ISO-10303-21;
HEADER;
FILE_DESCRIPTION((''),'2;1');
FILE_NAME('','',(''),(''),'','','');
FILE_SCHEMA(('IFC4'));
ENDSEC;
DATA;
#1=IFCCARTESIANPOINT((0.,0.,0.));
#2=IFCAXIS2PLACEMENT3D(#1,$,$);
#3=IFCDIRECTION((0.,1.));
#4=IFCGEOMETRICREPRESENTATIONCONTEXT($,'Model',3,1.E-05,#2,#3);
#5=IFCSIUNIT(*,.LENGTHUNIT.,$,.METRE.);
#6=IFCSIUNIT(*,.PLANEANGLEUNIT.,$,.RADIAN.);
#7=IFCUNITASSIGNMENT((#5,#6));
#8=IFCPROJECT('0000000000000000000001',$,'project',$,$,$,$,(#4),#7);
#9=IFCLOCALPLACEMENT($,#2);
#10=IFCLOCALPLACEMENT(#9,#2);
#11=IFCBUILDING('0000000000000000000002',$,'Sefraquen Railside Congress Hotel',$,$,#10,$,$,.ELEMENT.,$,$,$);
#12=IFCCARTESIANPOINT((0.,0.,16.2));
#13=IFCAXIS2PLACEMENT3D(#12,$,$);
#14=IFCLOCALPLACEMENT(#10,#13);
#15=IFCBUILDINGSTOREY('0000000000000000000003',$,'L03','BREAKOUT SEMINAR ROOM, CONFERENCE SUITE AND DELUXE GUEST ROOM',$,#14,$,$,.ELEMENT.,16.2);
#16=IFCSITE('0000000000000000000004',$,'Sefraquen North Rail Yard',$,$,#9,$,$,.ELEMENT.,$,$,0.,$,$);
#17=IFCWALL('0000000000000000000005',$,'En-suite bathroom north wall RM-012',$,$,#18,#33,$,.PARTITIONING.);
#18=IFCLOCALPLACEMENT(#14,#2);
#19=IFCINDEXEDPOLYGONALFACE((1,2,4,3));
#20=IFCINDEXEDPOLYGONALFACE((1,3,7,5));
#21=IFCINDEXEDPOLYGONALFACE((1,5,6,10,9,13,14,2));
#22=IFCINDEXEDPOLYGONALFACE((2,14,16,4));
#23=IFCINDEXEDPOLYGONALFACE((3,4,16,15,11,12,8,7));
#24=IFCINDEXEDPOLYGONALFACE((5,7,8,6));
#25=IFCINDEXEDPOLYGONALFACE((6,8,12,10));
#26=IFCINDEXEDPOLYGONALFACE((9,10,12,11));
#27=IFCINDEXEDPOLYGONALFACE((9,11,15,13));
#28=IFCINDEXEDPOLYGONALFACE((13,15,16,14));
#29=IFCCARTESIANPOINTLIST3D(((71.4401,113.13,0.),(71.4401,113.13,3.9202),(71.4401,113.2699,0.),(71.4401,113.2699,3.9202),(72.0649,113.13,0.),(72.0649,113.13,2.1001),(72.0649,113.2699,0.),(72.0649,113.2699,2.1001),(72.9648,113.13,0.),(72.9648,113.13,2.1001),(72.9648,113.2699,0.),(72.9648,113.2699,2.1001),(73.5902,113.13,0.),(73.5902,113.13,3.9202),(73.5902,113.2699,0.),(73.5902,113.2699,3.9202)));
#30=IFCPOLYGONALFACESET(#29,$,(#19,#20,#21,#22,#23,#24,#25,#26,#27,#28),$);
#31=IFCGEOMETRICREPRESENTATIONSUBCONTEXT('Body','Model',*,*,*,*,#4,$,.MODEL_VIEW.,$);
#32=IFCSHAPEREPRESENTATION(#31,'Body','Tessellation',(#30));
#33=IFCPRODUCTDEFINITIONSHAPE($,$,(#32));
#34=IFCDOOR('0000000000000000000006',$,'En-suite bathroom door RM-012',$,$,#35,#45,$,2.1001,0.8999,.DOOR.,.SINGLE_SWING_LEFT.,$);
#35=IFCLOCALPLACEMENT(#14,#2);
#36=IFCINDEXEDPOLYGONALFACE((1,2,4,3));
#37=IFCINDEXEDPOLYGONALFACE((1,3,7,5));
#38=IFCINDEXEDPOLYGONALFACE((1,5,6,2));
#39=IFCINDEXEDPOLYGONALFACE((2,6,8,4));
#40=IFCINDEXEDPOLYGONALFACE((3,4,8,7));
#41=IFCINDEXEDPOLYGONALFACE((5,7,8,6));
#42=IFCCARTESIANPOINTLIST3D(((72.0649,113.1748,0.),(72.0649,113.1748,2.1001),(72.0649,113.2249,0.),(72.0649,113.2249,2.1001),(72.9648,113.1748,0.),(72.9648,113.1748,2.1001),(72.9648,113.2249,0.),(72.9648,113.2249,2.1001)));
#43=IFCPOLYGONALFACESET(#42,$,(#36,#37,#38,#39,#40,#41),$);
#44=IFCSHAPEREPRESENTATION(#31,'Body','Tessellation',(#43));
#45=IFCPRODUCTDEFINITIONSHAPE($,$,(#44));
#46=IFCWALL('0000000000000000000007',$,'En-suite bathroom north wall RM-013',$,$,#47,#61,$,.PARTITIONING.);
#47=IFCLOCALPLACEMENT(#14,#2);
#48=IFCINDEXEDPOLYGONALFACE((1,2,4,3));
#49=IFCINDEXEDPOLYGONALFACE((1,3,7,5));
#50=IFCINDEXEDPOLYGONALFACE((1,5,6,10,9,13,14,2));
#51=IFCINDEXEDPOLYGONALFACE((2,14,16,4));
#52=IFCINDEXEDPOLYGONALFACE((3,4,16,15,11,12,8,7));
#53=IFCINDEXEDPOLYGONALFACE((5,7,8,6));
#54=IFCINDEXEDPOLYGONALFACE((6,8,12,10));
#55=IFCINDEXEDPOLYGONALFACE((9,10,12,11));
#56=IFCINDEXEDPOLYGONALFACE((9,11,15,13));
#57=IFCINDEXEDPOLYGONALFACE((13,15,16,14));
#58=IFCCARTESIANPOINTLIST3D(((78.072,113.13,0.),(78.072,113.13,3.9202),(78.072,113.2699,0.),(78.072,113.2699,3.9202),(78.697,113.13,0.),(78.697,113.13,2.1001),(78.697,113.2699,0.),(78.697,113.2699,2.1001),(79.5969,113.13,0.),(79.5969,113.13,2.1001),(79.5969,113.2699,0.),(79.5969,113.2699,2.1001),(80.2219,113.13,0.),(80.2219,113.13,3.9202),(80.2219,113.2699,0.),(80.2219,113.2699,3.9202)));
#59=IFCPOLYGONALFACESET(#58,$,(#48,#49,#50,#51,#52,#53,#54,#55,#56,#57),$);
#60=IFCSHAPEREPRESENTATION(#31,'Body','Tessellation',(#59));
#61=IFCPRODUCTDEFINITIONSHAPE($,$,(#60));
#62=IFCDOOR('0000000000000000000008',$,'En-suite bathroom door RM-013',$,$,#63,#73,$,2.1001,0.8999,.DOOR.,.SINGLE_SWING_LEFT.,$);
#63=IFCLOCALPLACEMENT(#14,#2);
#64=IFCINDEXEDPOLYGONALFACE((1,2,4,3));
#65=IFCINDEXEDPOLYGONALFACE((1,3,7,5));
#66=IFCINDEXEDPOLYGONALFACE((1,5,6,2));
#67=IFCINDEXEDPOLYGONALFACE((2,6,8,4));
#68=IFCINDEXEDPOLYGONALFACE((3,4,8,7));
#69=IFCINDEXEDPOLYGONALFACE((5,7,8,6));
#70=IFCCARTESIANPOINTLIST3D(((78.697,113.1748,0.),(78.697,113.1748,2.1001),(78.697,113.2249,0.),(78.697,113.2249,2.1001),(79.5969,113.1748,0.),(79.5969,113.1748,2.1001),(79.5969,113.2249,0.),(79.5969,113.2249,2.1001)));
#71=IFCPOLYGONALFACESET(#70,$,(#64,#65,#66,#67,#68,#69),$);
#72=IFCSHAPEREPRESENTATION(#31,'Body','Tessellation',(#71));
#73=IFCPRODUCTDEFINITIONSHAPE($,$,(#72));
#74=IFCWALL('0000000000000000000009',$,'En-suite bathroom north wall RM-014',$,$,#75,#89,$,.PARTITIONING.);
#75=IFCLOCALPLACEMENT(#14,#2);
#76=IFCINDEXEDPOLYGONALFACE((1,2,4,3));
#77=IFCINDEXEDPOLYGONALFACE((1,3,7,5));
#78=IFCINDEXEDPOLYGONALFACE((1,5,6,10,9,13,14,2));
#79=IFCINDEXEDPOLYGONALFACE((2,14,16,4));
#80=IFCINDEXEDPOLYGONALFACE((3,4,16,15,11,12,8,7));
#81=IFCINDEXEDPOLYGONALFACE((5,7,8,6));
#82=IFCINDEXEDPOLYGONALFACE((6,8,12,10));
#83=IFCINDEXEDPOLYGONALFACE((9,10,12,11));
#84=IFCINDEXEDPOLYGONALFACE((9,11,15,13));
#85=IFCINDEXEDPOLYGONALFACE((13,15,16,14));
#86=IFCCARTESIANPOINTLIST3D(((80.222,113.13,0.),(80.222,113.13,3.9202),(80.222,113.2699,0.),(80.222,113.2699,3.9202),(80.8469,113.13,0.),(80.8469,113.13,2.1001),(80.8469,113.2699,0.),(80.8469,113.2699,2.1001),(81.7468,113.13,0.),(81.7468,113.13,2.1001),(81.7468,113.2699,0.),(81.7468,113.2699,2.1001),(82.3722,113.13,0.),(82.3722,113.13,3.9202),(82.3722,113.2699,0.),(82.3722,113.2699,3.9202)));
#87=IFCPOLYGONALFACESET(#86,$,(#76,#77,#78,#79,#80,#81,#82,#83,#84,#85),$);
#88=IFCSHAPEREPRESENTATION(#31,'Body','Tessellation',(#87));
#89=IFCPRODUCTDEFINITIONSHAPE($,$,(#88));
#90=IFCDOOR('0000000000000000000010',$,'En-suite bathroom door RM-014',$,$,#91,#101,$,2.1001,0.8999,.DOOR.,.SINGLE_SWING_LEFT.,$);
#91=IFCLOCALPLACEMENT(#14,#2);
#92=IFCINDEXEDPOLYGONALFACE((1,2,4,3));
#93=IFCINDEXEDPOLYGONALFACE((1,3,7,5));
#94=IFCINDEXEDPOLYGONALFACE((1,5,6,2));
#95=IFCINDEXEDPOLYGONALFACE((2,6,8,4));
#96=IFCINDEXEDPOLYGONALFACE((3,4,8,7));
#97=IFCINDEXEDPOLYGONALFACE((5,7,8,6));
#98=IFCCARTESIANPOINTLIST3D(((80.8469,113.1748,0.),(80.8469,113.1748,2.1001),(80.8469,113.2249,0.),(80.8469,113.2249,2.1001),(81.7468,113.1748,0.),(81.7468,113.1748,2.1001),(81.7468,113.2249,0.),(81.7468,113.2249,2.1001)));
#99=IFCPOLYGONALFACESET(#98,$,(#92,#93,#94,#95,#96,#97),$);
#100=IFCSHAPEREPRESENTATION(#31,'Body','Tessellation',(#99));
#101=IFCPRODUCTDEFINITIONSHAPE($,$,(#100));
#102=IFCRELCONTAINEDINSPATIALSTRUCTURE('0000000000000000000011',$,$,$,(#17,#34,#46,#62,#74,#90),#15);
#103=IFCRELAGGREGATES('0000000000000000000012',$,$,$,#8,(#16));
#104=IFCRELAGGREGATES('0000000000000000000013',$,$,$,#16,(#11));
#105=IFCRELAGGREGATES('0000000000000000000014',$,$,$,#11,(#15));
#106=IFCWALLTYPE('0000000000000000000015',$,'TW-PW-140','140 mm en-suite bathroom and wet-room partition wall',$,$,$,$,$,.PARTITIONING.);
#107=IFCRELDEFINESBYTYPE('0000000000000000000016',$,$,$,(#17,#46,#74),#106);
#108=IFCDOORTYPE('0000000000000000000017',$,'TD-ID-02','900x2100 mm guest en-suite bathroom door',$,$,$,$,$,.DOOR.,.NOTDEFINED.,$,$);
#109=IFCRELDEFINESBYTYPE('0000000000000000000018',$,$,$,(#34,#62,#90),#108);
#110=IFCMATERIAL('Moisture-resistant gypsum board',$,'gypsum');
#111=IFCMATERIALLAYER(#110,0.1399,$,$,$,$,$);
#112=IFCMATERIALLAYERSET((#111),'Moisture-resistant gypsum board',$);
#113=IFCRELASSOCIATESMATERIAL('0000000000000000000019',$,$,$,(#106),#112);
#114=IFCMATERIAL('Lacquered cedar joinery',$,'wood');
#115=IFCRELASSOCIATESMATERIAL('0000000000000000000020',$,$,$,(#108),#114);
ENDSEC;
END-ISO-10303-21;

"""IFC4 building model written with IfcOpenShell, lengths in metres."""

from ifc_helpers import new_model, si_unit, direction, frame, frame_2d, origin, place, context, subcontext, project, spatial, rectangle, extrude, material, layer, layer_set, type_object, element, fill, save


model = new_model("IFC4")

# Units and contexts
model_context = context("Model", 3, precision=1e-05, world=origin(), true_north=direction((0.0, 1.0)))
body_context = subcontext(model_context, "Body", "Model", "MODEL_VIEW")
ifc_project = project(units=[si_unit("LENGTHUNIT", "METRE"), si_unit("PLANEANGLEUNIT", "RADIAN")], contexts=[model_context])

# Site, building, storey
site_placement = place(None, origin())
site = spatial("IfcSite", under=ifc_project, at=site_placement, Name="Sefraquen North Rail Yard", CompositionType="ELEMENT", RefElevation=0.0)
building_placement = place(site_placement, origin())
building = spatial("IfcBuilding", under=site, at=building_placement, Name="Sefraquen Railside Congress Hotel", CompositionType="ELEMENT")
storey_placement = place(building_placement, frame((0.0, 0.0, 16.2)))
storey = spatial("IfcBuildingStorey", under=building, at=storey_placement, Name="L03", Description="BREAKOUT SEMINAR ROOM, CONFERENCE SUITE AND DELUXE GUEST ROOM", CompositionType="ELEMENT", Elevation=16.2)

# Walls, openings, doors
ifc_material_1 = material(Name="Moisture-resistant gypsum board", Category="gypsum")
ifc_layer = layer(ifc_material_1, 0.1399)
ifc_layer_set = layer_set([ifc_layer], Name="Moisture-resistant gypsum board")
wall_type = type_object("IfcWallType", Name="TW-PW-140", Description="140 mm en-suite bathroom and wet-room partition wall", PredefinedType="PARTITIONING", material=ifc_layer_set)
wall_1_placement = place(storey_placement, frame((71.4399, 113.2, 0.0), z_axis=(0.0, 0.0, 1.0), x_axis=(1.0, 0.0, 0.0)))
wall_1 = element("IfcWall", 1, at=wall_1_placement, inside=storey, type_object=wall_type, Name="En-suite bathroom north wall RM-012", PredefinedType="PARTITIONING", context=body_context, shape_type="SweptSolid", body=[
    extrude(rectangle(XDim=2.1501, YDim=0.1399, at=frame_2d((1.0752, 0.0))), origin(), (0.0, 0.0, 1.0), 3.9202),
])
opening_1_placement = place(wall_1_placement, frame((0.625, 0.0, 0.0)))
opening_1 = element("IfcOpeningElement", 2, at=opening_1_placement, cuts=wall_1, PredefinedType="OPENING", context=body_context, shape_type="SweptSolid", body=[
    extrude(rectangle(XDim=0.8999, YDim=2.1001, at=frame_2d((0.45, 1.05))), frame((0.0, 0.0798, 0.0), z_axis=(0.0, -1.0, 0.0), x_axis=(1.0, 0.0, 0.0)), (0.0, 0.0, 1.0), 0.1599),
])
ifc_material_2 = material(Name="Lacquered cedar joinery", Category="wood")
door_type = type_object("IfcDoorType", Name="TD-ID-02", Description="900x2100 mm guest en-suite bathroom door", OperationType="NOTDEFINED", PredefinedType="DOOR", material=ifc_material_2)
door_1_placement = place(opening_1_placement, origin())
door_1 = element("IfcDoor", 3, at=door_1_placement, inside=storey, type_object=door_type, Name="En-suite bathroom door RM-012", OperationType="SINGLE_SWING_LEFT", OverallHeight=2.1001, OverallWidth=0.8999, PredefinedType="DOOR", context=body_context, shape_type="SweptSolid", body=[
    extrude(rectangle(XDim=0.8999, YDim=2.1001, at=frame_2d((0.45, 1.05))), frame((0.0, 0.0249, 0.0), z_axis=(0.0, -1.0, 0.0), x_axis=(1.0, 0.0, 0.0)), (0.0, 0.0, 1.0), 0.05),
])
fill(opening_1, door_1)
wall_2_placement = place(storey_placement, frame((78.072, 113.2, 0.0), z_axis=(0.0, 0.0, 1.0), x_axis=(1.0, 0.0, 0.0)))
wall_2 = element("IfcWall", 4, at=wall_2_placement, inside=storey, type_object=wall_type, Name="En-suite bathroom north wall RM-013", PredefinedType="PARTITIONING", context=body_context, shape_type="SweptSolid", body=[
    extrude(rectangle(XDim=2.1499, YDim=0.1399, at=frame_2d((1.075, 0.0))), origin(), (0.0, 0.0, 1.0), 3.9202),
])
opening_2_placement = place(wall_2_placement, frame((0.625, 0.0, 0.0)))
opening_2 = element("IfcOpeningElement", 5, at=opening_2_placement, cuts=wall_2, PredefinedType="OPENING", context=body_context, shape_type="SweptSolid", body=[
    extrude(rectangle(XDim=0.8999, YDim=2.1001, at=frame_2d((0.45, 1.05))), frame((0.0, 0.0798, 0.0), z_axis=(0.0, -1.0, 0.0), x_axis=(1.0, 0.0, 0.0)), (0.0, 0.0, 1.0), 0.1599),
])
door_2_placement = place(opening_2_placement, origin())
door_2 = element("IfcDoor", 6, at=door_2_placement, inside=storey, type_object=door_type, Name="En-suite bathroom door RM-013", OperationType="SINGLE_SWING_LEFT", OverallHeight=2.1001, OverallWidth=0.8999, PredefinedType="DOOR", context=body_context, shape_type="SweptSolid", body=[
    extrude(rectangle(XDim=0.8999, YDim=2.1001, at=frame_2d((0.45, 1.05))), frame((0.0, 0.0249, 0.0), z_axis=(0.0, -1.0, 0.0), x_axis=(1.0, 0.0, 0.0)), (0.0, 0.0, 1.0), 0.05),
])
fill(opening_2, door_2)
wall_3_placement = place(storey_placement, frame((80.2219, 113.2, 0.0), z_axis=(0.0, 0.0, 1.0), x_axis=(1.0, 0.0, 0.0)))
wall_3 = element("IfcWall", 7, at=wall_3_placement, inside=storey, type_object=wall_type, Name="En-suite bathroom north wall RM-014", PredefinedType="PARTITIONING", context=body_context, shape_type="SweptSolid", body=[
    extrude(rectangle(XDim=2.1501, YDim=0.1399, at=frame_2d((1.0752, 0.0))), origin(), (0.0, 0.0, 1.0), 3.9202),
])
opening_3_placement = place(wall_3_placement, frame((0.625, 0.0, 0.0)))
opening_3 = element("IfcOpeningElement", 8, at=opening_3_placement, cuts=wall_3, PredefinedType="OPENING", context=body_context, shape_type="SweptSolid", body=[
    extrude(rectangle(XDim=0.8999, YDim=2.1001, at=frame_2d((0.45, 1.05))), frame((0.0, 0.0798, 0.0), z_axis=(0.0, -1.0, 0.0), x_axis=(1.0, 0.0, 0.0)), (0.0, 0.0, 1.0), 0.1599),
])
door_3_placement = place(opening_3_placement, origin())
door_3 = element("IfcDoor", 9, at=door_3_placement, inside=storey, type_object=door_type, Name="En-suite bathroom door RM-014", OperationType="SINGLE_SWING_LEFT", OverallHeight=2.1001, OverallWidth=0.8999, PredefinedType="DOOR", context=body_context, shape_type="SweptSolid", body=[
    extrude(rectangle(XDim=0.8999, YDim=2.1001, at=frame_2d((0.45, 1.05))), frame((0.0, 0.0249, 0.0), z_axis=(0.0, -1.0, 0.0), x_axis=(1.0, 0.0, 0.0)), (0.0, 0.0, 1.0), 0.05),
])
fill(opening_3, door_3)

save(model, "model.ifc")
